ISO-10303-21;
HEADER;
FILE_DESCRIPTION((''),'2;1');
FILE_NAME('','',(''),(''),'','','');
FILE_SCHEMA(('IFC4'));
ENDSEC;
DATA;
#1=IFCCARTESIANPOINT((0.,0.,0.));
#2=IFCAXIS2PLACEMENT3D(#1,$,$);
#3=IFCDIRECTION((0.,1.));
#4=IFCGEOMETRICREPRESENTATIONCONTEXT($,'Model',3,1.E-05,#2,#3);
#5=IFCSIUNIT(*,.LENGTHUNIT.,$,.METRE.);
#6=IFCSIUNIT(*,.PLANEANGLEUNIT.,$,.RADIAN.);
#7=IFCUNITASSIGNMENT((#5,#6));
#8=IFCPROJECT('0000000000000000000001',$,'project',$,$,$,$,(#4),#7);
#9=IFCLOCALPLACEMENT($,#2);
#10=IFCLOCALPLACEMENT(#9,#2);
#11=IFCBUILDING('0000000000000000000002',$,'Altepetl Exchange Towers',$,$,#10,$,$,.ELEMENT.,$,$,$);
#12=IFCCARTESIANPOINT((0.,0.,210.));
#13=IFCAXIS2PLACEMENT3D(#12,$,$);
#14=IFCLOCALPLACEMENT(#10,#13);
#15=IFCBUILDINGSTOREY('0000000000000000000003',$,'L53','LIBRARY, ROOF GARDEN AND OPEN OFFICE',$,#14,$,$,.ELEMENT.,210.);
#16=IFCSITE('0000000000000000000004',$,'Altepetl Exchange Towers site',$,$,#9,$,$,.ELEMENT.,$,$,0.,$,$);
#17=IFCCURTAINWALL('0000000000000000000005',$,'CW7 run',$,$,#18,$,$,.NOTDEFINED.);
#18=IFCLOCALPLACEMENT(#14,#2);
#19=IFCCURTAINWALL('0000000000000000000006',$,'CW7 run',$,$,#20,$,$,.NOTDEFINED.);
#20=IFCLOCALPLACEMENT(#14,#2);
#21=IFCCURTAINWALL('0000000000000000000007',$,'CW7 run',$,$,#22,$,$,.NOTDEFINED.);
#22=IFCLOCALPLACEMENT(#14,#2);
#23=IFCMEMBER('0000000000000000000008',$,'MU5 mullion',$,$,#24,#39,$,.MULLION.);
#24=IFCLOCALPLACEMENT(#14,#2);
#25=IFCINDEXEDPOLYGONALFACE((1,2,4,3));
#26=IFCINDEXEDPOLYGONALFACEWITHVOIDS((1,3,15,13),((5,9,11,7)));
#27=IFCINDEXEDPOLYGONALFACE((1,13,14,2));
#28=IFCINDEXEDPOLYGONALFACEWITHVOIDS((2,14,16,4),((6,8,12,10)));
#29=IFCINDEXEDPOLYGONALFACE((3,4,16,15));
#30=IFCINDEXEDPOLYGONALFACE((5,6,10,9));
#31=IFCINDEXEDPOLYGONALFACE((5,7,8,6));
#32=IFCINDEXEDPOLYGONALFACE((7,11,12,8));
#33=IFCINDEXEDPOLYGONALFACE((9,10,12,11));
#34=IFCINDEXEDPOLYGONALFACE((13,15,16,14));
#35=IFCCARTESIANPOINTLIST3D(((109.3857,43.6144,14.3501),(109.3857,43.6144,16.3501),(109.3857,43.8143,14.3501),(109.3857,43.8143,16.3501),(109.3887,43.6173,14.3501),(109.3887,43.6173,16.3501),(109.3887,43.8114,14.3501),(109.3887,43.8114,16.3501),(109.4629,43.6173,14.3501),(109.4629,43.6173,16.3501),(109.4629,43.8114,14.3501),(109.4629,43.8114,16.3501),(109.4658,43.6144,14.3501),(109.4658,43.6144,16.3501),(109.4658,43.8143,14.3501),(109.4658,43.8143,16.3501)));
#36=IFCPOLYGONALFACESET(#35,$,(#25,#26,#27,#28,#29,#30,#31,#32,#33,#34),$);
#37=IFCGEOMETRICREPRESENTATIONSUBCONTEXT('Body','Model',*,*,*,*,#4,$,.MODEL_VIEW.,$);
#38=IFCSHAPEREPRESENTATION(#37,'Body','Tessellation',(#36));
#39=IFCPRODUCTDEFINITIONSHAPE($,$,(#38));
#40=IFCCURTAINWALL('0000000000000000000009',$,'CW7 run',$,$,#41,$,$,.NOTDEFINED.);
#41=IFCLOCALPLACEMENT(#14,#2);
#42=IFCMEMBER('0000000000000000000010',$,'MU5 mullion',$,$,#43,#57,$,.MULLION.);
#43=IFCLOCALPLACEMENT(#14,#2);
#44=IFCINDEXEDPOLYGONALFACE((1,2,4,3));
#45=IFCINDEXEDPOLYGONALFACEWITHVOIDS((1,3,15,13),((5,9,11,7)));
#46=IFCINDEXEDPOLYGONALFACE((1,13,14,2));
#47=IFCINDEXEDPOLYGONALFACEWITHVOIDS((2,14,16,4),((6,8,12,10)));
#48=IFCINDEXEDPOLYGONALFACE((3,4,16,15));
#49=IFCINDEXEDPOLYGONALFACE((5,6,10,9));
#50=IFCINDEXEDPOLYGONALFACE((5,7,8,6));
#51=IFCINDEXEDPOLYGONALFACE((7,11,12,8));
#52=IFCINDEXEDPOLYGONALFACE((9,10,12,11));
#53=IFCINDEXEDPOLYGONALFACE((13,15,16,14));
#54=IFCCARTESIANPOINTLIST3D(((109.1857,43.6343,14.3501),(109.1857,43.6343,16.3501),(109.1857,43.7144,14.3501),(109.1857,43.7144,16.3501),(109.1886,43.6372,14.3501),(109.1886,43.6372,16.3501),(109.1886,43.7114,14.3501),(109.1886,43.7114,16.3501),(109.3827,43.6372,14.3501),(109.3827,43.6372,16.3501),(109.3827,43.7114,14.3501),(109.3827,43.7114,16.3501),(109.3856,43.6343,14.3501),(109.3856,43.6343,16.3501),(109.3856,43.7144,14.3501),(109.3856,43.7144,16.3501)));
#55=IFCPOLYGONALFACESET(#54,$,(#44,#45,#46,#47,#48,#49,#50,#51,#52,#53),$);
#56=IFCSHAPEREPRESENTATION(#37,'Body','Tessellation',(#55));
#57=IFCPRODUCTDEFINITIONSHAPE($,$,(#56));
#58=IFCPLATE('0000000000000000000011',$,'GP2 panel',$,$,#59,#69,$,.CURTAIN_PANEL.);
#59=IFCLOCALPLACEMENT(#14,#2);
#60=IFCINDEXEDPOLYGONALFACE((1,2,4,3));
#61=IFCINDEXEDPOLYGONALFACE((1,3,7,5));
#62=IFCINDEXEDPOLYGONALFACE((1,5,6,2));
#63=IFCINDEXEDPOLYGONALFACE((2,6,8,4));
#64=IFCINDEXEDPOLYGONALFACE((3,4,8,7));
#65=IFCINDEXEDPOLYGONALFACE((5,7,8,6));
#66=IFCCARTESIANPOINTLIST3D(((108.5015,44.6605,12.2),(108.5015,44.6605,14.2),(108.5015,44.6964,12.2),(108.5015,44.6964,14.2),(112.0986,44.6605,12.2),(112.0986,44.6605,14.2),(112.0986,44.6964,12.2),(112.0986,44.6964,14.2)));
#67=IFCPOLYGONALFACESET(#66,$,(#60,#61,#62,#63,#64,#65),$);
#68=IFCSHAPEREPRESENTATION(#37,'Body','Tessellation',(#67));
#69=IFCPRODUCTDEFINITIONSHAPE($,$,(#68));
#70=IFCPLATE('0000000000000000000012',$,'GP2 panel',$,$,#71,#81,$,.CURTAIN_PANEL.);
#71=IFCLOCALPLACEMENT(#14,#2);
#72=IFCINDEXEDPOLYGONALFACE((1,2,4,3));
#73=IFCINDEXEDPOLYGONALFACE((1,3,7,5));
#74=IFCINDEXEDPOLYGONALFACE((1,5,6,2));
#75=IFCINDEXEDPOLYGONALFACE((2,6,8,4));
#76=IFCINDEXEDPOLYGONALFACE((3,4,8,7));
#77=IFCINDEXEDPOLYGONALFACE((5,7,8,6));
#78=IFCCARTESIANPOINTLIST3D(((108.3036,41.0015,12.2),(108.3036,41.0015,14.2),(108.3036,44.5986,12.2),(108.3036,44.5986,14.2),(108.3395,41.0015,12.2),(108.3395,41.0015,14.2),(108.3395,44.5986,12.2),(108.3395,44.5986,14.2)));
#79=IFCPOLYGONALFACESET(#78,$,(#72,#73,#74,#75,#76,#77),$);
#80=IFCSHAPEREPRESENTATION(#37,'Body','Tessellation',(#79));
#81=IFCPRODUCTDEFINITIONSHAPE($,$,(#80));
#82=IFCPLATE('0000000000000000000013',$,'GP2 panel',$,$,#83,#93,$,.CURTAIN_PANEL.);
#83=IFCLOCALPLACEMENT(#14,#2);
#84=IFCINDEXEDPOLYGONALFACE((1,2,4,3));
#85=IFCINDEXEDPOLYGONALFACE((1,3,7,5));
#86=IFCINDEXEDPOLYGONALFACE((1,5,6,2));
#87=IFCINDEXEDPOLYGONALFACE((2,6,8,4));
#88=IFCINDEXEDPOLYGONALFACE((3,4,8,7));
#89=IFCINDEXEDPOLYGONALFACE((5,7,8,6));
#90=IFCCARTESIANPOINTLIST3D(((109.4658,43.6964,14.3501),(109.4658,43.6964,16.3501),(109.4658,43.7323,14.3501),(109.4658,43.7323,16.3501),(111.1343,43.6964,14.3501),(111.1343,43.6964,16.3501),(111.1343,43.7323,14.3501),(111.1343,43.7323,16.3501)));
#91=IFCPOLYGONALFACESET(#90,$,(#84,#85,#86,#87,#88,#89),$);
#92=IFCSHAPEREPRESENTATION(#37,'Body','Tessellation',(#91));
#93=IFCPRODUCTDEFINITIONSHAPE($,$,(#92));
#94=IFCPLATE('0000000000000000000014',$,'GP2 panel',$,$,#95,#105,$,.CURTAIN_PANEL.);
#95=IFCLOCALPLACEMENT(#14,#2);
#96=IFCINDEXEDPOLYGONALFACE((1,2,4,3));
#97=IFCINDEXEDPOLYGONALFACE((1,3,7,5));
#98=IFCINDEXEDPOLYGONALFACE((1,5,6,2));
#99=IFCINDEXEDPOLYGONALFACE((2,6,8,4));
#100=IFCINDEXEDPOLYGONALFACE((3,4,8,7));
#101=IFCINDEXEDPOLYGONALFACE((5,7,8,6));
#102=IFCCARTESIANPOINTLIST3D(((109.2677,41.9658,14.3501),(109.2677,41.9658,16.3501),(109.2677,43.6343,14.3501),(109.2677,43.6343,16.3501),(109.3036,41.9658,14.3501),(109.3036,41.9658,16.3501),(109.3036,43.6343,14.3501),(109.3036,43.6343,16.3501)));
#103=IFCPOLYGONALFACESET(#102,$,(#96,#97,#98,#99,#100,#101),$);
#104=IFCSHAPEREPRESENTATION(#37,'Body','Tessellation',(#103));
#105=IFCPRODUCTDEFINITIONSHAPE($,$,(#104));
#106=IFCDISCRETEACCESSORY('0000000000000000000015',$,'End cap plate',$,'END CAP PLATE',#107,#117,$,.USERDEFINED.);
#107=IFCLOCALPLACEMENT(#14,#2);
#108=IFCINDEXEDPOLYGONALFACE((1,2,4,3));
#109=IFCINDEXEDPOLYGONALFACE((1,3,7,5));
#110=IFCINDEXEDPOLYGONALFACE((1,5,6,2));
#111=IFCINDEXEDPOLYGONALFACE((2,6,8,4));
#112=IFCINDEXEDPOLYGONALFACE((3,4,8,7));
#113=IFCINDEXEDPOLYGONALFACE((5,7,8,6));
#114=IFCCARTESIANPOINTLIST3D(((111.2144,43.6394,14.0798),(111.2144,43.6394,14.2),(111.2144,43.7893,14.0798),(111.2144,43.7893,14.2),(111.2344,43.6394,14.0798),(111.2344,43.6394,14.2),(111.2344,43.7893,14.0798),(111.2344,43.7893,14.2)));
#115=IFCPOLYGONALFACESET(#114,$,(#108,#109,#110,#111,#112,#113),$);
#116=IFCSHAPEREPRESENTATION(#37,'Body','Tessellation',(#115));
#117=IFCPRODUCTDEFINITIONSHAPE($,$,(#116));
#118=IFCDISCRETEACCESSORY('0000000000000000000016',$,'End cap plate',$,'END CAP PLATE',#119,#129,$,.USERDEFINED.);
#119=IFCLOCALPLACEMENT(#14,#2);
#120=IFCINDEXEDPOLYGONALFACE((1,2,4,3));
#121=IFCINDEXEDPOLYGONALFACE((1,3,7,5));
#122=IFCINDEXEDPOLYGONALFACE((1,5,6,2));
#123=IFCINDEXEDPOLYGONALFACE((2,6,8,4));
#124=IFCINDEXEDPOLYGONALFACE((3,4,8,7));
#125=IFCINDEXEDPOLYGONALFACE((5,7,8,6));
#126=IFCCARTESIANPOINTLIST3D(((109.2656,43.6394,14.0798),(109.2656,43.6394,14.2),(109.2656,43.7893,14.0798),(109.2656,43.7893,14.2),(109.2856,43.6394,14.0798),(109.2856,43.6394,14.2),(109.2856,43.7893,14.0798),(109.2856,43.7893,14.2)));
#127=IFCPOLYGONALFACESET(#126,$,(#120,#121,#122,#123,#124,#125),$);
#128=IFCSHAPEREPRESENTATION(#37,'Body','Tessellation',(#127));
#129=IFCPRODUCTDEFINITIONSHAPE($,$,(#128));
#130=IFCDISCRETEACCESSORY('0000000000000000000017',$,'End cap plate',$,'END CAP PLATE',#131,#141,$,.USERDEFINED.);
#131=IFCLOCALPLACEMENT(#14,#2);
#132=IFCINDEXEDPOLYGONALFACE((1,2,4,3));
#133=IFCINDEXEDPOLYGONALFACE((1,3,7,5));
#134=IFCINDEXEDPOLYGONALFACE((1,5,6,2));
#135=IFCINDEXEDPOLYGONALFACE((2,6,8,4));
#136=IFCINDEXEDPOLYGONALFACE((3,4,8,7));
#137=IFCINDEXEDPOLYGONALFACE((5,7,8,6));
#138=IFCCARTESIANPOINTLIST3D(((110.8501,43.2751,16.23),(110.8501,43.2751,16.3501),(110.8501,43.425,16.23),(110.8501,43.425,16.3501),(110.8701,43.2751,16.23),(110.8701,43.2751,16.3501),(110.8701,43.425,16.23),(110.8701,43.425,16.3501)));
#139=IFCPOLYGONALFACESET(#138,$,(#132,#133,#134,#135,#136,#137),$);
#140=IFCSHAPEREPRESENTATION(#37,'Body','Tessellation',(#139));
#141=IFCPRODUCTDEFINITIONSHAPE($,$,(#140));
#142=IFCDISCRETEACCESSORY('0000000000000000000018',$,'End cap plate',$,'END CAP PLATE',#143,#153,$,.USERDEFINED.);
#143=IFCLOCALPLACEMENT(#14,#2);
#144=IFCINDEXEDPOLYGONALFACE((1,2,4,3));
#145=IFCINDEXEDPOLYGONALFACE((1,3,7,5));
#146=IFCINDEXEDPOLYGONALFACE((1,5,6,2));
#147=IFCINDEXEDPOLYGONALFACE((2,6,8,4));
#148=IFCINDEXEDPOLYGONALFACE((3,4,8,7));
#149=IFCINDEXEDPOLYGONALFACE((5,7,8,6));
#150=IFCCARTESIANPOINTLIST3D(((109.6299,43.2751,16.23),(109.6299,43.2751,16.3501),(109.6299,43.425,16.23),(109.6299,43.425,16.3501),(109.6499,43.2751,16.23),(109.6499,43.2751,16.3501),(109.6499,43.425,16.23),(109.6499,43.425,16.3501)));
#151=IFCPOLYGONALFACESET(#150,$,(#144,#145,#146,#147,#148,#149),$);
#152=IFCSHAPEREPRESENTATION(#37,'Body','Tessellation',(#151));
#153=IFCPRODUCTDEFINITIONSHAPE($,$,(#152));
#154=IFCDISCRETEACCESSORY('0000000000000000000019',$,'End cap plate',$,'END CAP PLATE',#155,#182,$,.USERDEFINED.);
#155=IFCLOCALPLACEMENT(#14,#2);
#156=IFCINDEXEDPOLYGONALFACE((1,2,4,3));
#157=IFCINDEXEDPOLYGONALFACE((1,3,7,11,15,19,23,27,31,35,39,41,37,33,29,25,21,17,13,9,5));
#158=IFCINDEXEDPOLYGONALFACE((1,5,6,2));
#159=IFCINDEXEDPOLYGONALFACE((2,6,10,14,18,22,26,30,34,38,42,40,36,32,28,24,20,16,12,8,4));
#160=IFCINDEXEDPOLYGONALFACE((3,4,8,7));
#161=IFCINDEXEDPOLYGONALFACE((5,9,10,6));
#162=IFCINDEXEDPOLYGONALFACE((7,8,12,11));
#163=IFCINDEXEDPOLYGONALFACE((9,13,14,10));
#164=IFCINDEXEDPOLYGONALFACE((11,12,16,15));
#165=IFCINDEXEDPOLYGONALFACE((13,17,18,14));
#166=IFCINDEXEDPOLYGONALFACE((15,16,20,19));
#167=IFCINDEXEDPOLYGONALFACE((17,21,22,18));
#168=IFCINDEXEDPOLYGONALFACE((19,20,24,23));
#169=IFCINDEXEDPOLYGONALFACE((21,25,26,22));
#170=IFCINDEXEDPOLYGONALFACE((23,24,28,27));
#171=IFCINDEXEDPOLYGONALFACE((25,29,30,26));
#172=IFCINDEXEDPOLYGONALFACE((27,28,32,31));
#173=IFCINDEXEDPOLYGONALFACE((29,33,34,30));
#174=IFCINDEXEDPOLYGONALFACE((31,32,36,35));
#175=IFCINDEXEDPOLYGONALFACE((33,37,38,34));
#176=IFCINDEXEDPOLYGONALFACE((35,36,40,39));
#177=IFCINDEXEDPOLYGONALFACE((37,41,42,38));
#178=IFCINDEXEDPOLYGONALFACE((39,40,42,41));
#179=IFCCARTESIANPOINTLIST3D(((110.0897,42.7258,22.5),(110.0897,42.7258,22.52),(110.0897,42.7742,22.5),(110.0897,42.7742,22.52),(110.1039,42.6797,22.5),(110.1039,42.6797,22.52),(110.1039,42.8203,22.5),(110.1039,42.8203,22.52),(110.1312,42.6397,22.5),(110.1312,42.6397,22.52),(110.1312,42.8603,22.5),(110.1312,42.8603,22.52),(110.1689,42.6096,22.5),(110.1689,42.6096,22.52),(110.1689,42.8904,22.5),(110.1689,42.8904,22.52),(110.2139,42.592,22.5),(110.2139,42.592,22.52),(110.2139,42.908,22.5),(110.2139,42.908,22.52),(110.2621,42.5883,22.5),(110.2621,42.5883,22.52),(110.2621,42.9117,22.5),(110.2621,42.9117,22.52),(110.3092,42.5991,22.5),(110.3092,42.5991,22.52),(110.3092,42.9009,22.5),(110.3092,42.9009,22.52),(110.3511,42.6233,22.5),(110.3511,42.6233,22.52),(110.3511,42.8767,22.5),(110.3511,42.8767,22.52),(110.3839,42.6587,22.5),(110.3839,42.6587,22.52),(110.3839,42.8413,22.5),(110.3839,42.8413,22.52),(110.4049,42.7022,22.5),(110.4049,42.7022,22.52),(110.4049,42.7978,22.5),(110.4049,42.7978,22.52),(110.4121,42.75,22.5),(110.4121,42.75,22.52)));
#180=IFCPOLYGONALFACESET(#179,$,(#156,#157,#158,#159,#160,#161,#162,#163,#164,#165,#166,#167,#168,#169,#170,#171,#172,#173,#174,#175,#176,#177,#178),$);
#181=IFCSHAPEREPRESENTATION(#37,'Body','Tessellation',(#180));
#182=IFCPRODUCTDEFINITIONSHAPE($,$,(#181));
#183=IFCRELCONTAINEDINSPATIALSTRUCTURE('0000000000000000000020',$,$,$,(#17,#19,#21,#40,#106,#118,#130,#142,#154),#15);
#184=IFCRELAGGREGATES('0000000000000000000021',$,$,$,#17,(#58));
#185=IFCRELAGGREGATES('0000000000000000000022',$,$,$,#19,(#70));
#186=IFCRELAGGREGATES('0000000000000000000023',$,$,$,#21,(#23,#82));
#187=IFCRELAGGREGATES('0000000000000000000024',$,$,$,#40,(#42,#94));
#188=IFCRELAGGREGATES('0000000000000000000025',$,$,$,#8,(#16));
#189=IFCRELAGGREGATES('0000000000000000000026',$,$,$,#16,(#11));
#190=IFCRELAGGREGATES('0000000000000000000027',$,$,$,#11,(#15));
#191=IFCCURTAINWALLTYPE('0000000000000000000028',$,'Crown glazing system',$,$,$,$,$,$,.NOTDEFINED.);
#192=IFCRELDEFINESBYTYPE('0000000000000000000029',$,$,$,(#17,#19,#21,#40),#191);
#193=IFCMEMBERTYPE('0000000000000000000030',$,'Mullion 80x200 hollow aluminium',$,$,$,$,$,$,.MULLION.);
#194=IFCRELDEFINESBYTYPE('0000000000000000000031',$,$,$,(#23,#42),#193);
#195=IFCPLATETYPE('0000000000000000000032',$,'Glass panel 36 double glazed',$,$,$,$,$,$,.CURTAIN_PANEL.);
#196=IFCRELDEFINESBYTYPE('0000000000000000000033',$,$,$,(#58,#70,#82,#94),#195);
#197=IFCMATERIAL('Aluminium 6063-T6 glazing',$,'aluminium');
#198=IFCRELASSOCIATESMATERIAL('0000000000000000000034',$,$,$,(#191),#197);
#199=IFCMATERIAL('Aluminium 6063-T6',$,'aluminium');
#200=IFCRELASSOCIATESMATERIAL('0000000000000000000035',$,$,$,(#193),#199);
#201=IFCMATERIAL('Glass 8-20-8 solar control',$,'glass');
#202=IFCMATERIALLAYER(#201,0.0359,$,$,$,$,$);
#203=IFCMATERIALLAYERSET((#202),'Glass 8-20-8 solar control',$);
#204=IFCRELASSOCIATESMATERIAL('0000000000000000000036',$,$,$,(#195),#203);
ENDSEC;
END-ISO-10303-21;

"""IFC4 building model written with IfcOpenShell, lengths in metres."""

from ifc_helpers import new_model, si_unit, direction, frame, origin, origin_2d, place, context, subcontext, project, spatial, rectangle, hollow_rectangle, circle, extrude, material, layer, layer_set, material_profile, profile_set, type_object, element, aggregate, save


model = new_model("IFC4")

# Units and contexts
model_context = context("Model", 3, precision=1e-05, world=origin(), true_north=direction((0.0, 1.0)))
body_context = subcontext(model_context, "Body", "Model", "MODEL_VIEW")
ifc_project = project(units=[si_unit("LENGTHUNIT", "METRE"), si_unit("PLANEANGLEUNIT", "RADIAN")], contexts=[model_context])

# Site, building, storey
site_placement = place(None, origin())
site = spatial("IfcSite", under=ifc_project, at=site_placement, Name="Altepetl Exchange Towers site", CompositionType="ELEMENT", RefElevation=0.0)
building_placement = place(site_placement, origin())
building = spatial("IfcBuilding", under=site, at=building_placement, Name="Altepetl Exchange Towers", CompositionType="ELEMENT")
storey_placement = place(building_placement, frame((0.0, 0.0, 210.0)))
storey = spatial("IfcBuildingStorey", under=building, at=storey_placement, Name="L53", Description="LIBRARY, ROOF GARDEN AND OPEN OFFICE", CompositionType="ELEMENT", Elevation=210.0)

# Shared definitions
ifc_material_1 = material(Name="Aluminium 6063-T6 glazing", Category="aluminium")
curtain_wall_type = type_object("IfcCurtainWallType", Name="Crown glazing system", PredefinedType="NOTDEFINED", material=ifc_material_1)
ifc_material_2 = material(Name="Aluminium 6063-T6", Category="aluminium")
ifc_material_profile_1 = material_profile(ifc_material_2, hollow_rectangle(XDim=0.0801, YDim=0.2, WallThickness=0.0029, at=origin_2d()), Name="Mullion 80x200 hollow aluminium")
ifc_profile_set_1 = profile_set([ifc_material_profile_1], Name="Aluminium 6063-T6")
member_type = type_object("IfcMemberType", Name="Mullion 80x200 hollow aluminium", PredefinedType="MULLION", material=ifc_profile_set_1)

# Curtain wall
curtain_wall_1_placement = place(storey_placement, origin())
curtain_wall_1 = element("IfcCurtainWall", 1, at=curtain_wall_1_placement, inside=storey, type_object=curtain_wall_type, Name="CW7 run", PredefinedType="NOTDEFINED")

# Curtain wall
curtain_wall_2_placement = place(storey_placement, origin())
curtain_wall_2 = element("IfcCurtainWall", 2, at=curtain_wall_2_placement, inside=storey, type_object=curtain_wall_type, Name="CW7 run", PredefinedType="NOTDEFINED")

# Curtain wall, member
curtain_wall_3_placement = place(storey_placement, origin())
curtain_wall_3 = element("IfcCurtainWall", 3, at=curtain_wall_3_placement, inside=storey, type_object=curtain_wall_type, Name="CW7 run", PredefinedType="NOTDEFINED")
member_1_placement = place(storey_placement, frame((109.4258, 43.7144, 14.3501), z_axis=(0.0, 0.0, 1.0), x_axis=(-1.0, 0.0, 0.0)))
member_1 = element("IfcMember", 4, at=member_1_placement, type_object=member_type, Name="MU5 mullion", PredefinedType="MULLION", context=body_context, shape_type="SweptSolid", body=[
    extrude(hollow_rectangle(XDim=0.0801, YDim=0.2, WallThickness=0.0029, at=origin_2d()), origin(), (0.0, 0.0, 1.0), 2.0),
])

# Curtain wall, member
curtain_wall_4_placement = place(storey_placement, origin())
curtain_wall_4 = element("IfcCurtainWall", 5, at=curtain_wall_4_placement, inside=storey, type_object=curtain_wall_type, Name="CW7 run", PredefinedType="NOTDEFINED")
member_2_placement = place(storey_placement, frame((109.2856, 43.6743, 14.3501), z_axis=(0.0, 0.0, 1.0), x_axis=(0.0, -1.0, 0.0)))
member_2 = element("IfcMember", 6, at=member_2_placement, type_object=member_type, Name="MU5 mullion", PredefinedType="MULLION", context=body_context, shape_type="SweptSolid", body=[
    extrude(hollow_rectangle(XDim=0.0801, YDim=0.2, WallThickness=0.0029, at=origin_2d()), origin(), (0.0, 0.0, 1.0), 2.0),
])

# Plates
ifc_material_3 = material(Name="Glass 8-20-8 solar control", Category="glass")
ifc_layer = layer(ifc_material_3, 0.0359)
ifc_layer_set = layer_set([ifc_layer], Name="Glass 8-20-8 solar control")
plate_type = type_object("IfcPlateType", Name="Glass panel 36 double glazed", PredefinedType="CURTAIN_PANEL", material=ifc_layer_set)
plate_1_placement = place(storey_placement, frame((110.3, 44.6785, 12.2), z_axis=(0.0, 0.0, 1.0), x_axis=(-1.0, 0.0, 0.0)))
plate_1 = element("IfcPlate", 7, at=plate_1_placement, type_object=plate_type, Name="GP2 panel", PredefinedType="CURTAIN_PANEL", context=body_context, shape_type="SweptSolid", body=[
    extrude(rectangle(XDim=3.5972, YDim=0.0359, at=origin_2d()), origin(), (0.0, 0.0, 1.0), 2.0),
])
aggregate(curtain_wall_1, [plate_1])
plate_2_placement = place(storey_placement, frame((108.3215, 42.8, 12.2), z_axis=(0.0, 0.0, 1.0), x_axis=(0.0, -1.0, 0.0)))
plate_2 = element("IfcPlate", 8, at=plate_2_placement, type_object=plate_type, Name="GP2 panel", PredefinedType="CURTAIN_PANEL", context=body_context, shape_type="SweptSolid", body=[
    extrude(rectangle(XDim=3.5972, YDim=0.0359, at=origin_2d()), origin(), (0.0, 0.0, 1.0), 2.0),
])
aggregate(curtain_wall_2, [plate_2])
plate_3_placement = place(storey_placement, frame((110.3, 43.7144, 14.3501), z_axis=(0.0, 0.0, 1.0), x_axis=(-1.0, 0.0, 0.0)))
plate_3 = element("IfcPlate", 9, at=plate_3_placement, type_object=plate_type, Name="GP2 panel", PredefinedType="CURTAIN_PANEL", context=body_context, shape_type="SweptSolid", body=[
    extrude(rectangle(XDim=1.6685, YDim=0.0359, at=origin_2d()), origin(), (0.0, 0.0, 1.0), 2.0),
])
aggregate(curtain_wall_3, [member_1, plate_3])
plate_4_placement = place(storey_placement, frame((109.2856, 42.8, 14.3501), z_axis=(0.0, 0.0, 1.0), x_axis=(0.0, -1.0, 0.0)))
plate_4 = element("IfcPlate", 10, at=plate_4_placement, type_object=plate_type, Name="GP2 panel", PredefinedType="CURTAIN_PANEL", context=body_context, shape_type="SweptSolid", body=[
    extrude(rectangle(XDim=1.6685, YDim=0.0359, at=origin_2d()), origin(), (0.0, 0.0, 1.0), 2.0),
])
aggregate(curtain_wall_4, [member_2, plate_4])

# Discrete accessories
discrete_accessory_1_placement = place(storey_placement, frame((111.2244, 43.7144, 14.0798)))
element("IfcDiscreteAccessory", 11, at=discrete_accessory_1_placement, inside=storey, Name="End cap plate", ObjectType="END CAP PLATE", PredefinedType="USERDEFINED", context=body_context, shape_type="SweptSolid", body=[
    extrude(rectangle(XDim=0.02, YDim=0.1499, at=origin_2d()), origin(), (0.0, 0.0, 1.0), 0.1201),
])
discrete_accessory_2_placement = place(storey_placement, frame((109.2756, 43.7144, 14.0798), z_axis=(0.0, 0.0, 1.0), x_axis=(-1.0, 0.0, 0.0)))
element("IfcDiscreteAccessory", 12, at=discrete_accessory_2_placement, inside=storey, Name="End cap plate", ObjectType="END CAP PLATE", PredefinedType="USERDEFINED", context=body_context, shape_type="SweptSolid", body=[
    extrude(rectangle(XDim=0.02, YDim=0.1499, at=origin_2d()), origin(), (0.0, 0.0, 1.0), 0.1201),
])
discrete_accessory_3_placement = place(storey_placement, frame((110.8601, 43.3501, 16.23)))
element("IfcDiscreteAccessory", 13, at=discrete_accessory_3_placement, inside=storey, Name="End cap plate", ObjectType="END CAP PLATE", PredefinedType="USERDEFINED", context=body_context, shape_type="SweptSolid", body=[
    extrude(rectangle(XDim=0.02, YDim=0.1499, at=origin_2d()), origin(), (0.0, 0.0, 1.0), 0.1201),
])
discrete_accessory_4_placement = place(storey_placement, frame((109.6399, 43.3501, 16.23), z_axis=(0.0, 0.0, 1.0), x_axis=(-1.0, 0.0, 0.0)))
element("IfcDiscreteAccessory", 14, at=discrete_accessory_4_placement, inside=storey, Name="End cap plate", ObjectType="END CAP PLATE", PredefinedType="USERDEFINED", context=body_context, shape_type="SweptSolid", body=[
    extrude(rectangle(XDim=0.02, YDim=0.1499, at=origin_2d()), origin(), (0.0, 0.0, 1.0), 0.1201),
])
discrete_accessory_5_placement = place(storey_placement, frame((110.25, 42.75, 22.5)))
element("IfcDiscreteAccessory", 15, at=discrete_accessory_5_placement, inside=storey, Name="End cap plate", ObjectType="END CAP PLATE", PredefinedType="USERDEFINED", context=body_context, shape_type="SweptSolid", body=[
    extrude(circle(Radius=0.1621, at=origin_2d()), origin(), (0.0, 0.0, 1.0), 0.02),
])

save(model, "model.ifc")
